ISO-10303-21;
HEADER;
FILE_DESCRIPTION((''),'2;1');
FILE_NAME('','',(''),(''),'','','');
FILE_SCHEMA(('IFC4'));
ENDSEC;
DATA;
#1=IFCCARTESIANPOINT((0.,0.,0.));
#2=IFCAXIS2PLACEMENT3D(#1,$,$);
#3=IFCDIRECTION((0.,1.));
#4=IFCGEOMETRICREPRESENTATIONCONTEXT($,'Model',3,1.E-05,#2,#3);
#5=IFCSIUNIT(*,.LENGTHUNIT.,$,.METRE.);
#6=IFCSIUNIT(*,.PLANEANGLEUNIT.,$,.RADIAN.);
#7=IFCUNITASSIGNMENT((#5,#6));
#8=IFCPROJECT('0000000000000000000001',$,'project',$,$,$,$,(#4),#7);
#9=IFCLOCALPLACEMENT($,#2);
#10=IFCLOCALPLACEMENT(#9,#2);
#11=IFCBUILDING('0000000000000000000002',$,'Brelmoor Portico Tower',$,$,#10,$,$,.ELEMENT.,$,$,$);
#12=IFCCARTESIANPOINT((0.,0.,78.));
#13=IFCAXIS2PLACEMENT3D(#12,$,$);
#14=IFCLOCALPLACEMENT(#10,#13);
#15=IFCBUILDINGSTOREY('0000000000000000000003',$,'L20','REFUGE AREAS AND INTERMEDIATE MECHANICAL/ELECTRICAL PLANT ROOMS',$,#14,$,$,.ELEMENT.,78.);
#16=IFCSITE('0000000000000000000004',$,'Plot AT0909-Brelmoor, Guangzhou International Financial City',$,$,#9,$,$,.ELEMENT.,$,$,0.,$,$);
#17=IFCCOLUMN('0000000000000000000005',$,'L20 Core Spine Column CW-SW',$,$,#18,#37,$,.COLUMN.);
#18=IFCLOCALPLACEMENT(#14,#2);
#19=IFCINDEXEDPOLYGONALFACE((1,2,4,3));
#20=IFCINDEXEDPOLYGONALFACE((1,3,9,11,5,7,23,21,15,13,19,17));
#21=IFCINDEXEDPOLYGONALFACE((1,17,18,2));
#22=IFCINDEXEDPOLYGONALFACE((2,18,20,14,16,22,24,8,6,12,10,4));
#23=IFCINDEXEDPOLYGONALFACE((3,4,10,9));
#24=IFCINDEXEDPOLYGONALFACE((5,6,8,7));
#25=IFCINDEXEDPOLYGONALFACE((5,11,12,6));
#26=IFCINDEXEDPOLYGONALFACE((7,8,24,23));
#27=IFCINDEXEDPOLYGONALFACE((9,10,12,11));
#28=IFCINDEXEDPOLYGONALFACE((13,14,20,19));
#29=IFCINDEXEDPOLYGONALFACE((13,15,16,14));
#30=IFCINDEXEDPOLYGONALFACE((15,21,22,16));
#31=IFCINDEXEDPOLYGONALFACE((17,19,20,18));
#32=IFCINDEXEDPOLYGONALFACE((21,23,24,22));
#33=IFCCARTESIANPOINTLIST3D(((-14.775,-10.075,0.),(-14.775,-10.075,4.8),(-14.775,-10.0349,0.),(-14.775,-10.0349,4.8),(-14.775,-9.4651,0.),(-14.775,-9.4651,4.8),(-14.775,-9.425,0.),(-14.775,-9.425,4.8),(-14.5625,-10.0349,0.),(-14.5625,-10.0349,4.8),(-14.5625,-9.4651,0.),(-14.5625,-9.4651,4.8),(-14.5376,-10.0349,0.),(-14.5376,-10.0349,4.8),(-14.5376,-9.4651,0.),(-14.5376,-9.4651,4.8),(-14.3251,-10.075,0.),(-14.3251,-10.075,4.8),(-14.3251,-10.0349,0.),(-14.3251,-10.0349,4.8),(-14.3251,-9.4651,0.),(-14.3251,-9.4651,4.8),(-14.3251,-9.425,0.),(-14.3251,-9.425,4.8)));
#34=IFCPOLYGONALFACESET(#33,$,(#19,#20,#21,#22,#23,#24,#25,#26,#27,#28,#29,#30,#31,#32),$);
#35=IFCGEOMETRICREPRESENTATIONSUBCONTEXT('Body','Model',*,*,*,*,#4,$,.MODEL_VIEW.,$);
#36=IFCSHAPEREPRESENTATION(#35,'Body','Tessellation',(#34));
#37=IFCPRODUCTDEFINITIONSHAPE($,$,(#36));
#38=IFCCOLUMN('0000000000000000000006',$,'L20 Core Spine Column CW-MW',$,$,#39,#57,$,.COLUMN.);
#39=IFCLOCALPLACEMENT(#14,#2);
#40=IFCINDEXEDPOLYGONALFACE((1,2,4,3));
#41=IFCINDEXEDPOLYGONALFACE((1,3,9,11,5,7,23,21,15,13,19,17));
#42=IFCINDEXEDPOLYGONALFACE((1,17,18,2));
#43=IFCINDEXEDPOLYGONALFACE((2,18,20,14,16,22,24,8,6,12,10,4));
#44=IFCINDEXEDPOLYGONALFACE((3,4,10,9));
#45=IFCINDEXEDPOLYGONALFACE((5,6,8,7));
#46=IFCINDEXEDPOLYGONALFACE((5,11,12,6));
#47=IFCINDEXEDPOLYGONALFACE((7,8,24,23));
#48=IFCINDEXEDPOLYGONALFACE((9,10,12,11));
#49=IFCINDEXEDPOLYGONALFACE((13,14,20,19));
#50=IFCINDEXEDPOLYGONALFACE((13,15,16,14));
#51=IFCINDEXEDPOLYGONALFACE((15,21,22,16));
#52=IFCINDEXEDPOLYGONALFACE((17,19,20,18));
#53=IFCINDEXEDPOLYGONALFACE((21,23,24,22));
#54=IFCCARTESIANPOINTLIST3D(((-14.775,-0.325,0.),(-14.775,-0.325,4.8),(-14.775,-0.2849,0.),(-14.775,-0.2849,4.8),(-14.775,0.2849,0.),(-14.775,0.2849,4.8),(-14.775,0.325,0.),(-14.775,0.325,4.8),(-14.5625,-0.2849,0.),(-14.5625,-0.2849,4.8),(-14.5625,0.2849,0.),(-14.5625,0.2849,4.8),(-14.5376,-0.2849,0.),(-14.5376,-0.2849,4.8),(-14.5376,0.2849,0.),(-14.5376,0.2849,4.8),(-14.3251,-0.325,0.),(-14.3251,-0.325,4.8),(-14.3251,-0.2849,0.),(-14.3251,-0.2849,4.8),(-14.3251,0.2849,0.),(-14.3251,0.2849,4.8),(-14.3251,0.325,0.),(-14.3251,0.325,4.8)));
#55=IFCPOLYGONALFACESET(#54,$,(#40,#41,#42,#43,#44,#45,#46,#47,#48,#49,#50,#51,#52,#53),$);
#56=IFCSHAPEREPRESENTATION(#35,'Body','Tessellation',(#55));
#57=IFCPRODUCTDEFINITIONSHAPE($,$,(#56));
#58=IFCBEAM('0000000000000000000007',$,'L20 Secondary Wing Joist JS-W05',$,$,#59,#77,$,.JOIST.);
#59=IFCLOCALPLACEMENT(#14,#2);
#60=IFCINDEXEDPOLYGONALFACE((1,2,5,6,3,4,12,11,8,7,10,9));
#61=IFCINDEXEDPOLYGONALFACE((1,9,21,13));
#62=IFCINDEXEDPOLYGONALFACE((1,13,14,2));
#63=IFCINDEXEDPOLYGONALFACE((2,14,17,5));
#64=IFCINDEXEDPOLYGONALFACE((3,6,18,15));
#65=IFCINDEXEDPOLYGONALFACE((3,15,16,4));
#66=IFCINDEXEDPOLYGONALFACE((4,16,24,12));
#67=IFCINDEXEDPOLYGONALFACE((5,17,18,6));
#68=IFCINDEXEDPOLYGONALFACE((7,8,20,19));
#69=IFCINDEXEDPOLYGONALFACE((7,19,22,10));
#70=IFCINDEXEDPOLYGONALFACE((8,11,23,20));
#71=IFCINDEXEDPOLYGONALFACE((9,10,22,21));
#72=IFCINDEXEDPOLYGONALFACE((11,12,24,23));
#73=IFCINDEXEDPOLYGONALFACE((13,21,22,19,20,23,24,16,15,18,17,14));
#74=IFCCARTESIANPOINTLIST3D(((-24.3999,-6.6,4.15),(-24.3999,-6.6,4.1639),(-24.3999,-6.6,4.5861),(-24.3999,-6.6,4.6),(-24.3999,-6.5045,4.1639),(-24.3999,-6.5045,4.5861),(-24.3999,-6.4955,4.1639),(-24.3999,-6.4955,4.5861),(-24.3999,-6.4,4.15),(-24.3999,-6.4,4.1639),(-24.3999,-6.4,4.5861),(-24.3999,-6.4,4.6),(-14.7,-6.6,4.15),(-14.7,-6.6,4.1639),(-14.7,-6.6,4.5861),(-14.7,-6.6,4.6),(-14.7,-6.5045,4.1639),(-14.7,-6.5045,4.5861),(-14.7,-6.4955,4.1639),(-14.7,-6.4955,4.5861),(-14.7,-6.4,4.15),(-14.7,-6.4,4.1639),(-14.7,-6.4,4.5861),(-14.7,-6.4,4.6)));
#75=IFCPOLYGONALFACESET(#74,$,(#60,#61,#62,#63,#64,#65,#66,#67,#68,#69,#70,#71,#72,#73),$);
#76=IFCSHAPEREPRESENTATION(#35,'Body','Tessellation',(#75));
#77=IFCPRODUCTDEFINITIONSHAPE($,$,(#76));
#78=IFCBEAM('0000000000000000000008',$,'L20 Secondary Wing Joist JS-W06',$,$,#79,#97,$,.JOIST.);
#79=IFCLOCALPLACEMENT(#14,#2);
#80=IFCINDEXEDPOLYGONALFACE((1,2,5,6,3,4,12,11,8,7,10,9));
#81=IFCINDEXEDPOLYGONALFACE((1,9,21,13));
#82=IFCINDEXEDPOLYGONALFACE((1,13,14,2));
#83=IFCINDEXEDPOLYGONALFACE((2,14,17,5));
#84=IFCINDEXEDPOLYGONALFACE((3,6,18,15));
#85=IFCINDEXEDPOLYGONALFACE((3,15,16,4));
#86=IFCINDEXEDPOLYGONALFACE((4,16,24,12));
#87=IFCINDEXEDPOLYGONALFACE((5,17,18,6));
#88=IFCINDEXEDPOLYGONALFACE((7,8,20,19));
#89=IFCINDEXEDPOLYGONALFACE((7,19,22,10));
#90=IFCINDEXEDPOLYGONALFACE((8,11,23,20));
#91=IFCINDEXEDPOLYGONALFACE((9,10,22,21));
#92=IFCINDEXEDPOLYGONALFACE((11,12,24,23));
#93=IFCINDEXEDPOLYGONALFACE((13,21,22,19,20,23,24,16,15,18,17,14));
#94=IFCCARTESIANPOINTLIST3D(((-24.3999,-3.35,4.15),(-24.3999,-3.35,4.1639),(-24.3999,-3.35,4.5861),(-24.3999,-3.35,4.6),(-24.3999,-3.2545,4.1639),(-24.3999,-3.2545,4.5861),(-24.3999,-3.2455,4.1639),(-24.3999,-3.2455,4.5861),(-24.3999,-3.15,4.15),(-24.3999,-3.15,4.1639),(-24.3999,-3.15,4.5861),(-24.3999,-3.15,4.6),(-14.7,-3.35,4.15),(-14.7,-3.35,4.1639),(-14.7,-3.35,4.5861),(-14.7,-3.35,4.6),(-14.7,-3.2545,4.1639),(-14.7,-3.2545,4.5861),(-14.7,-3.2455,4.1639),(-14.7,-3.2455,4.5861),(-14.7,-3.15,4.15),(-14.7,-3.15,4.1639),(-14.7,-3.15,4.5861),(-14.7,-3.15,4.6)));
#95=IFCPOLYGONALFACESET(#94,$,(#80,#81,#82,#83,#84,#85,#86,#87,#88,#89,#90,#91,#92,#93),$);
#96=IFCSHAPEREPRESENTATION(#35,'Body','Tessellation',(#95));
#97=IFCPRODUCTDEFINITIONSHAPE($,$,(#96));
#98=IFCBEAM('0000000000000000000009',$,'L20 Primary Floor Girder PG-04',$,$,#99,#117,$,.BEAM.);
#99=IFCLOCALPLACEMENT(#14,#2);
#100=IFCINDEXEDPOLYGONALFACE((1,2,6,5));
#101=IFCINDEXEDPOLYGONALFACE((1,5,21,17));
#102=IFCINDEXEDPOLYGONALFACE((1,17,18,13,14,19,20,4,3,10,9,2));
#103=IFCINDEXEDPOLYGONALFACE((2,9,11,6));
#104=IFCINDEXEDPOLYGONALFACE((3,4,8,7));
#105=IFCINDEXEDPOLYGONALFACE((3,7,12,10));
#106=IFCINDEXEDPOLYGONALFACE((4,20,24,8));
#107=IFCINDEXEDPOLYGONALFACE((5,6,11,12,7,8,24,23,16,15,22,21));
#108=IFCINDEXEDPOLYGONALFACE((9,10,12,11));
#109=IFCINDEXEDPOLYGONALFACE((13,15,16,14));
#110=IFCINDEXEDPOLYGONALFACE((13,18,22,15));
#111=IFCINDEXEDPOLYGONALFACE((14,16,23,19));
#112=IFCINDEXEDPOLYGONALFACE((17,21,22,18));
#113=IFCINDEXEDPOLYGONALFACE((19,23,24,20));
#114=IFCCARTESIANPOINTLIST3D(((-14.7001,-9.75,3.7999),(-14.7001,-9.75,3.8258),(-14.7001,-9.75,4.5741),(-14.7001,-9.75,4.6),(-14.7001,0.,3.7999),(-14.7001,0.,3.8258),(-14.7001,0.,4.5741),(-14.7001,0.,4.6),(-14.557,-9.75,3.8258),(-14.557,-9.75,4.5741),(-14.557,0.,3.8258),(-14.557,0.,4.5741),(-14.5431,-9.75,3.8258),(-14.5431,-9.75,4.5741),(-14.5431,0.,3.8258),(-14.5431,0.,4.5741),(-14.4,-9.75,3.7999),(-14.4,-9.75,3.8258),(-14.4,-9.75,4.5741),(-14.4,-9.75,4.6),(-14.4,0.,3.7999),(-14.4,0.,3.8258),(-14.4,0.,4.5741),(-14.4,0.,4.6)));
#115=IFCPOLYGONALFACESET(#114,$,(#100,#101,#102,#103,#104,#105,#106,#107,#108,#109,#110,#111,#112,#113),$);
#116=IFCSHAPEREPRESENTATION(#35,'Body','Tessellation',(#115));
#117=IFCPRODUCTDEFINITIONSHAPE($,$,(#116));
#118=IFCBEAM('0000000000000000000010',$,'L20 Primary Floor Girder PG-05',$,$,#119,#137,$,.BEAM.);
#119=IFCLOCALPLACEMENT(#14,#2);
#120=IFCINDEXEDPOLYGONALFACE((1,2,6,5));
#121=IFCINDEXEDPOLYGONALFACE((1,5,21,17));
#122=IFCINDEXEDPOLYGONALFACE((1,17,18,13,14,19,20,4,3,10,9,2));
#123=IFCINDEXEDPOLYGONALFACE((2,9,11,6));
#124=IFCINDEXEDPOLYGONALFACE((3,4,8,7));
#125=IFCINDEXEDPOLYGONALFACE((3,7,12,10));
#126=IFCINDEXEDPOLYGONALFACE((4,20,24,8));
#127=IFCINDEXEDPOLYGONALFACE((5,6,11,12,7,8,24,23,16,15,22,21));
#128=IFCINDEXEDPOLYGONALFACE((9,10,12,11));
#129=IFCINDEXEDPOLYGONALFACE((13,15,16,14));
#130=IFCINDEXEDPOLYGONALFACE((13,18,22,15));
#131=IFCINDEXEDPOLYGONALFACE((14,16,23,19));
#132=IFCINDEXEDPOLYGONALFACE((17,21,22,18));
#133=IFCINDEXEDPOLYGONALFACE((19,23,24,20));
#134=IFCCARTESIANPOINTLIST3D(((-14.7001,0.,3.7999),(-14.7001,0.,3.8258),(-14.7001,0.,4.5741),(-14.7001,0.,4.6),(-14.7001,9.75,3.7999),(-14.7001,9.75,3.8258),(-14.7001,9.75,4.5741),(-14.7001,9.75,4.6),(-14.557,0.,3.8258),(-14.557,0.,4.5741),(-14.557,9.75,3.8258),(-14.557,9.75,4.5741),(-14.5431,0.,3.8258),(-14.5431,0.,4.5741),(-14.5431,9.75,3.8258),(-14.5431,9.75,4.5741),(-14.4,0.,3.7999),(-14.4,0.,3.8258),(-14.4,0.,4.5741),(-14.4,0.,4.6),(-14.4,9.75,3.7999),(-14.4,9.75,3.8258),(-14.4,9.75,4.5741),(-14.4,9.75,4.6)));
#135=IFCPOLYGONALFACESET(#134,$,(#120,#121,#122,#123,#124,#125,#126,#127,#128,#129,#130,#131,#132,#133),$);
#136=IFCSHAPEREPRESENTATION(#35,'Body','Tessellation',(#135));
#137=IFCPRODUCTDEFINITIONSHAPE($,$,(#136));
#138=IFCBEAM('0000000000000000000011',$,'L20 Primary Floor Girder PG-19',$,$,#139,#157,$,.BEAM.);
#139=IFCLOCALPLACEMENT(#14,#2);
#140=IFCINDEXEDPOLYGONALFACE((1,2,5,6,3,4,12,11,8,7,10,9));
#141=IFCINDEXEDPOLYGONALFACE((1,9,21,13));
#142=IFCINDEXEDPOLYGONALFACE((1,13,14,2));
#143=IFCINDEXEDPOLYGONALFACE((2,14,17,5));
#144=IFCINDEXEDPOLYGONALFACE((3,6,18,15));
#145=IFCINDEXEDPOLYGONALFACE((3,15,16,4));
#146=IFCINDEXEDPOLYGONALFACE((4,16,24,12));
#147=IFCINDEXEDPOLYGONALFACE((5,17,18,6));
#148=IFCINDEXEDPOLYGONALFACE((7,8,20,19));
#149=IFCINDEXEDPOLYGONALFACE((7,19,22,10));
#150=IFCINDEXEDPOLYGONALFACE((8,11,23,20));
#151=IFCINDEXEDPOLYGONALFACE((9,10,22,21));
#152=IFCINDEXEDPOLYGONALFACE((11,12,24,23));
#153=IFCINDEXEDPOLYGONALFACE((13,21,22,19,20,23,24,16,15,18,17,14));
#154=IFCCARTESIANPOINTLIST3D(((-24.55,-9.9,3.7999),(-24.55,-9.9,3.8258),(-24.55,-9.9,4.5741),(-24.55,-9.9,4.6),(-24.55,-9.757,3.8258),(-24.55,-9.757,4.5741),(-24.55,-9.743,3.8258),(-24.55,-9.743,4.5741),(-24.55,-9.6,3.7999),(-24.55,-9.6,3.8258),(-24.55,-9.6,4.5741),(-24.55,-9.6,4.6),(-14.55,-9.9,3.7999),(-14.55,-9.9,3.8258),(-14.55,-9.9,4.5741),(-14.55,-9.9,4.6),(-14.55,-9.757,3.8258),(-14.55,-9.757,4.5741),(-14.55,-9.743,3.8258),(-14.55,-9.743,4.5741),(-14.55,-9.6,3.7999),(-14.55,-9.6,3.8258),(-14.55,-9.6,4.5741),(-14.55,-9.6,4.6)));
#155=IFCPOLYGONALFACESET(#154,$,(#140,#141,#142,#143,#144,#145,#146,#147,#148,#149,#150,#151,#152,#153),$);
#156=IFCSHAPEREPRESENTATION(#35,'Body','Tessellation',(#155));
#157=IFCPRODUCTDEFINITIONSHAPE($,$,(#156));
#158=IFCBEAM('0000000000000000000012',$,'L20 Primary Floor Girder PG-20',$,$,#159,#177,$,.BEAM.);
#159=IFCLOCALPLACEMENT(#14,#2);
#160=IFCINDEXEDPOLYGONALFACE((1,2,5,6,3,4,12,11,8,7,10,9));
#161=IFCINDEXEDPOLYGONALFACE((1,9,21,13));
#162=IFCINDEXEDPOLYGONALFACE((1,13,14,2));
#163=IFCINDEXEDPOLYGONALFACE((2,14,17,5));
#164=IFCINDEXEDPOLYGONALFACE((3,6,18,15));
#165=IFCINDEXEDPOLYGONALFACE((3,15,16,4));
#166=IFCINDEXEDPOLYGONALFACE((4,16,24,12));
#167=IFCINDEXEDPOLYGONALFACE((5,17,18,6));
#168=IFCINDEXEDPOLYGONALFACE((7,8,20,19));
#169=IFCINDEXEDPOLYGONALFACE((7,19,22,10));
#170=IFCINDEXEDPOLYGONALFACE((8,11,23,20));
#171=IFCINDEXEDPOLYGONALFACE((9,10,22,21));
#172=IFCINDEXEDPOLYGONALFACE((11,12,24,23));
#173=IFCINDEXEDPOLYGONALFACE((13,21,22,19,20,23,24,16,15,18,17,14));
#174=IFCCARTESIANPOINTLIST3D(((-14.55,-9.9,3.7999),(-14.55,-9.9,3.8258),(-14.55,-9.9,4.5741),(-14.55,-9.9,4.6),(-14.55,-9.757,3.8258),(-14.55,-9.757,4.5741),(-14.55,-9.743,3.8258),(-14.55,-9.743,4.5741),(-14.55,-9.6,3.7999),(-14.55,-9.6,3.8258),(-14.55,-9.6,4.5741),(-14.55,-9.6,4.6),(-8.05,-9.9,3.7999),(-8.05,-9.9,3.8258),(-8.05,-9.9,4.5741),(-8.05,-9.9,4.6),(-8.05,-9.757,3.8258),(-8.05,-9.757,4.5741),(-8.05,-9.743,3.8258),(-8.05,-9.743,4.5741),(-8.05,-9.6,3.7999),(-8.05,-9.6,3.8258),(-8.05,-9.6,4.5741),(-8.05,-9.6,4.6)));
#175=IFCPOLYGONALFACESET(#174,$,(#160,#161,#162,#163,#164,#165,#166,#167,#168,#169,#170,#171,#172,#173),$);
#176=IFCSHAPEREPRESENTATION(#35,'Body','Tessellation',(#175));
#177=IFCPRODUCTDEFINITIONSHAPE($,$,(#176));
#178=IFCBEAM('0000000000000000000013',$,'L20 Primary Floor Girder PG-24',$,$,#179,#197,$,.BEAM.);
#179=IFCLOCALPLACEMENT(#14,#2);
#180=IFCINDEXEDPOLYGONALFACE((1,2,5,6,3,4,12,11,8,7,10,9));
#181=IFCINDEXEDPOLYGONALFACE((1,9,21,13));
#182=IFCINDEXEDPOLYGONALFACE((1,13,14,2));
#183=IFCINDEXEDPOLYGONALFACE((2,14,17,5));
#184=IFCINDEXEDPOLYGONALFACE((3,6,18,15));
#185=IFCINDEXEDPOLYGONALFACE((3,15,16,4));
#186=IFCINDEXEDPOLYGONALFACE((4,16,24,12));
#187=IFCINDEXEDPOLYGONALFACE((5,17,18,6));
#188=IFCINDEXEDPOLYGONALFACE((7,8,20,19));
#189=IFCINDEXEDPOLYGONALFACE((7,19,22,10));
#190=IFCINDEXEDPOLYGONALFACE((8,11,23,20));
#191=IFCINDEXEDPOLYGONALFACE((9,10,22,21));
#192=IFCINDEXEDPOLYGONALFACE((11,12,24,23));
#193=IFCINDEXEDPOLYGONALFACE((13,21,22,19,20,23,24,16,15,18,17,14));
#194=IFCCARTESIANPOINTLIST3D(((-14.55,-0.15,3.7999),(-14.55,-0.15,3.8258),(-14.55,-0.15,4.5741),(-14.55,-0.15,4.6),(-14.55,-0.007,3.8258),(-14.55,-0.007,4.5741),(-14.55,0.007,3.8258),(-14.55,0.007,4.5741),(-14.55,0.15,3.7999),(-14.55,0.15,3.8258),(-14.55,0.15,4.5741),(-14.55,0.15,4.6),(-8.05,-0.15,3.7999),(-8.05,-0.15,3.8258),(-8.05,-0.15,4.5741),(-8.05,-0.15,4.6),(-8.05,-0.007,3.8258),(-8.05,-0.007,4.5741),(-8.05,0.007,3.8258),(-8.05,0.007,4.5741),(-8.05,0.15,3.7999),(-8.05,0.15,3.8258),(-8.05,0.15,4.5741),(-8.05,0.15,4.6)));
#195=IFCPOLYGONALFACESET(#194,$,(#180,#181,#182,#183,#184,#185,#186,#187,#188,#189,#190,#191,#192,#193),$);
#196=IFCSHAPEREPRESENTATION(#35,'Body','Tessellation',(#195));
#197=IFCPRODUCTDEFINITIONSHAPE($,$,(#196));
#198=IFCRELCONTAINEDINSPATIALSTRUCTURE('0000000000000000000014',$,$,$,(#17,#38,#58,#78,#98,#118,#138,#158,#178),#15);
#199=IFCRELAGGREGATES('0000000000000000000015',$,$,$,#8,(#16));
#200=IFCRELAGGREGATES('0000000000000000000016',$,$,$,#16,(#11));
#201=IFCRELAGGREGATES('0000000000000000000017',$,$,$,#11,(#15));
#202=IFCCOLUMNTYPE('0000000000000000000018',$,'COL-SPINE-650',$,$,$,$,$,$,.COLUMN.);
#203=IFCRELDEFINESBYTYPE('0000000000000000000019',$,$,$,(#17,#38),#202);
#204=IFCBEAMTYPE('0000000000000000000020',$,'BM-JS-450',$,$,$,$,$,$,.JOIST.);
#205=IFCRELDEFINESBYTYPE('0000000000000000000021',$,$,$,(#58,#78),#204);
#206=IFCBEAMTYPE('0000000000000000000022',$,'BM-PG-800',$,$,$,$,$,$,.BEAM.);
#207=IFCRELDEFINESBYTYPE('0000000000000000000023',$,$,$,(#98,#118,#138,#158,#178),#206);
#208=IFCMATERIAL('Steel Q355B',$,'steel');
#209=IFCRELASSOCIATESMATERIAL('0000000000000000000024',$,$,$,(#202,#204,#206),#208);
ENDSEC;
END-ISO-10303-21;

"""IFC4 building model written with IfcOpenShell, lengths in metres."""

from ifc_helpers import new_model, si_unit, direction, frame, origin, origin_2d, place, context, subcontext, project, spatial, i_section, extrude, material, material_profile, profile_set, type_object, element, save


model = new_model("IFC4")

# Units and contexts
model_context = context("Model", 3, precision=1e-05, world=origin(), true_north=direction((0.0, 1.0)))
body_context = subcontext(model_context, "Body", "Model", "MODEL_VIEW")
ifc_project = project(units=[si_unit("LENGTHUNIT", "METRE"), si_unit("PLANEANGLEUNIT", "RADIAN")], contexts=[model_context])

# Site, building, storey
site_placement = place(None, origin())
site = spatial("IfcSite", under=ifc_project, at=site_placement, Name="Plot AT0909-Brelmoor, Guangzhou International Financial City", CompositionType="ELEMENT", RefElevation=0.0)
building_placement = place(site_placement, origin())
building = spatial("IfcBuilding", under=site, at=building_placement, Name="Brelmoor Portico Tower", CompositionType="ELEMENT")
storey_placement = place(building_placement, frame((0.0, 0.0, 78.0)))
storey = spatial("IfcBuildingStorey", under=building, at=storey_placement, Name="L20", Description="REFUGE AREAS AND INTERMEDIATE MECHANICAL/ELECTRICAL PLANT ROOMS", CompositionType="ELEMENT", Elevation=78.0)

# Columns
ifc_material_1 = material(Name="Steel Q355B", Category="steel")
ifc_material_profile_1 = material_profile(ifc_material_1, i_section(OverallWidth=0.45, OverallDepth=0.6499, WebThickness=0.0249, FlangeThickness=0.04, at=origin_2d()), Name="HW 650x450x25x40")
ifc_profile_set_1 = profile_set([ifc_material_profile_1], Name="Steel Q355B")
column_type = type_object("IfcColumnType", Name="COL-SPINE-650", PredefinedType="COLUMN", material=ifc_profile_set_1)
for number, where, z_axis, x_axis, name in (
    (1, (-14.55, -9.75, 0.0), (0.0, 0.0, 1.0), (1.0, 0.0, 0.0), "L20 Core Spine Column CW-SW"),
    (2, (-14.55, 0.0, 0.0), (0.0, 0.0, 1.0), (1.0, 0.0, 0.0), "L20 Core Spine Column CW-MW"),
):
    element("IfcColumn", number, at=place(storey_placement, frame(where, z_axis=z_axis, x_axis=x_axis)), inside=storey, type_object=column_type, Name=name, PredefinedType="COLUMN", context=body_context, shape_type="SweptSolid", body=[
        extrude(i_section(OverallWidth=0.45, OverallDepth=0.6499, WebThickness=0.0249, FlangeThickness=0.04, at=origin_2d()), origin(), (0.0, 0.0, 1.0), 4.8),
    ])

# Beams
ifc_material_profile_2 = material_profile(ifc_material_1, i_section(OverallWidth=0.2, OverallDepth=0.45, WebThickness=0.009, FlangeThickness=0.0139, at=origin_2d()), Name="HN 450x200x9x14")
ifc_profile_set_2 = profile_set([ifc_material_profile_2], Name="Steel Q355B")
beam_type_1 = type_object("IfcBeamType", Name="BM-JS-450", PredefinedType="JOIST", material=ifc_profile_set_2)
for number, where, z_axis, x_axis, name in (
    (3, (-24.3999, -6.5, 4.375), (1.0, 0.0, 0.0), (0.0, 1.0, 0.0), "L20 Secondary Wing Joist JS-W05"),
    (4, (-24.3999, -3.25, 4.375), (1.0, 0.0, 0.0), (0.0, 1.0, 0.0), "L20 Secondary Wing Joist JS-W06"),
):
    element("IfcBeam", number, at=place(storey_placement, frame(where, z_axis=z_axis, x_axis=x_axis)), inside=storey, type_object=beam_type_1, Name=name, PredefinedType="JOIST", context=body_context, shape_type="SweptSolid", body=[
        extrude(i_section(OverallWidth=0.2, OverallDepth=0.45, WebThickness=0.009, FlangeThickness=0.0139, at=origin_2d()), origin(), (0.0, 0.0, 1.0), 9.7),
    ])
ifc_material_profile_3 = material_profile(ifc_material_1, i_section(OverallWidth=0.3, OverallDepth=0.8, WebThickness=0.0139, FlangeThickness=0.0259, at=origin_2d()), Name="HN 800x300x14x26")
ifc_profile_set_3 = profile_set([ifc_material_profile_3], Name="Steel Q355B")
beam_type_2 = type_object("IfcBeamType", Name="BM-PG-800", PredefinedType="BEAM", material=ifc_profile_set_3)
for number, where, z_axis, x_axis, name in (
    (5, (-14.55, -9.75, 4.2), (0.0, 1.0, 0.0), (-1.0, 0.0, 0.0), "L20 Primary Floor Girder PG-04"),
    (6, (-14.55, 0.0, 4.2), (0.0, 1.0, 0.0), (-1.0, 0.0, 0.0), "L20 Primary Floor Girder PG-05"),
):
    element("IfcBeam", number, at=place(storey_placement, frame(where, z_axis=z_axis, x_axis=x_axis)), inside=storey, type_object=beam_type_2, Name=name, PredefinedType="BEAM", context=body_context, shape_type="SweptSolid", body=[
        extrude(i_section(OverallWidth=0.3, OverallDepth=0.8, WebThickness=0.0139, FlangeThickness=0.0259, at=origin_2d()), origin(), (0.0, 0.0, 1.0), 9.75),
    ])
beam_1_placement = place(storey_placement, frame((-24.55, -9.75, 4.2), z_axis=(1.0, 0.0, 0.0), x_axis=(0.0, 1.0, 0.0)))
element("IfcBeam", 7, at=beam_1_placement, inside=storey, type_object=beam_type_2, Name="L20 Primary Floor Girder PG-19", PredefinedType="BEAM", context=body_context, shape_type="SweptSolid", body=[
    extrude(i_section(OverallWidth=0.3, OverallDepth=0.8, WebThickness=0.0139, FlangeThickness=0.0259, at=origin_2d()), origin(), (0.0, 0.0, 1.0), 10.0),
])
for number, where, z_axis, x_axis, name in (
    (8, (-14.55, -9.75, 4.2), (1.0, 0.0, 0.0), (0.0, 1.0, 0.0), "L20 Primary Floor Girder PG-20"),
    (9, (-14.55, 0.0, 4.2), (1.0, 0.0, 0.0), (0.0, 1.0, 0.0), "L20 Primary Floor Girder PG-24"),
):
    element("IfcBeam", number, at=place(storey_placement, frame(where, z_axis=z_axis, x_axis=x_axis)), inside=storey, type_object=beam_type_2, Name=name, PredefinedType="BEAM", context=body_context, shape_type="SweptSolid", body=[
        extrude(i_section(OverallWidth=0.3, OverallDepth=0.8, WebThickness=0.0139, FlangeThickness=0.0259, at=origin_2d()), origin(), (0.0, 0.0, 1.0), 6.5),
    ])

save(model, "model.ifc")
